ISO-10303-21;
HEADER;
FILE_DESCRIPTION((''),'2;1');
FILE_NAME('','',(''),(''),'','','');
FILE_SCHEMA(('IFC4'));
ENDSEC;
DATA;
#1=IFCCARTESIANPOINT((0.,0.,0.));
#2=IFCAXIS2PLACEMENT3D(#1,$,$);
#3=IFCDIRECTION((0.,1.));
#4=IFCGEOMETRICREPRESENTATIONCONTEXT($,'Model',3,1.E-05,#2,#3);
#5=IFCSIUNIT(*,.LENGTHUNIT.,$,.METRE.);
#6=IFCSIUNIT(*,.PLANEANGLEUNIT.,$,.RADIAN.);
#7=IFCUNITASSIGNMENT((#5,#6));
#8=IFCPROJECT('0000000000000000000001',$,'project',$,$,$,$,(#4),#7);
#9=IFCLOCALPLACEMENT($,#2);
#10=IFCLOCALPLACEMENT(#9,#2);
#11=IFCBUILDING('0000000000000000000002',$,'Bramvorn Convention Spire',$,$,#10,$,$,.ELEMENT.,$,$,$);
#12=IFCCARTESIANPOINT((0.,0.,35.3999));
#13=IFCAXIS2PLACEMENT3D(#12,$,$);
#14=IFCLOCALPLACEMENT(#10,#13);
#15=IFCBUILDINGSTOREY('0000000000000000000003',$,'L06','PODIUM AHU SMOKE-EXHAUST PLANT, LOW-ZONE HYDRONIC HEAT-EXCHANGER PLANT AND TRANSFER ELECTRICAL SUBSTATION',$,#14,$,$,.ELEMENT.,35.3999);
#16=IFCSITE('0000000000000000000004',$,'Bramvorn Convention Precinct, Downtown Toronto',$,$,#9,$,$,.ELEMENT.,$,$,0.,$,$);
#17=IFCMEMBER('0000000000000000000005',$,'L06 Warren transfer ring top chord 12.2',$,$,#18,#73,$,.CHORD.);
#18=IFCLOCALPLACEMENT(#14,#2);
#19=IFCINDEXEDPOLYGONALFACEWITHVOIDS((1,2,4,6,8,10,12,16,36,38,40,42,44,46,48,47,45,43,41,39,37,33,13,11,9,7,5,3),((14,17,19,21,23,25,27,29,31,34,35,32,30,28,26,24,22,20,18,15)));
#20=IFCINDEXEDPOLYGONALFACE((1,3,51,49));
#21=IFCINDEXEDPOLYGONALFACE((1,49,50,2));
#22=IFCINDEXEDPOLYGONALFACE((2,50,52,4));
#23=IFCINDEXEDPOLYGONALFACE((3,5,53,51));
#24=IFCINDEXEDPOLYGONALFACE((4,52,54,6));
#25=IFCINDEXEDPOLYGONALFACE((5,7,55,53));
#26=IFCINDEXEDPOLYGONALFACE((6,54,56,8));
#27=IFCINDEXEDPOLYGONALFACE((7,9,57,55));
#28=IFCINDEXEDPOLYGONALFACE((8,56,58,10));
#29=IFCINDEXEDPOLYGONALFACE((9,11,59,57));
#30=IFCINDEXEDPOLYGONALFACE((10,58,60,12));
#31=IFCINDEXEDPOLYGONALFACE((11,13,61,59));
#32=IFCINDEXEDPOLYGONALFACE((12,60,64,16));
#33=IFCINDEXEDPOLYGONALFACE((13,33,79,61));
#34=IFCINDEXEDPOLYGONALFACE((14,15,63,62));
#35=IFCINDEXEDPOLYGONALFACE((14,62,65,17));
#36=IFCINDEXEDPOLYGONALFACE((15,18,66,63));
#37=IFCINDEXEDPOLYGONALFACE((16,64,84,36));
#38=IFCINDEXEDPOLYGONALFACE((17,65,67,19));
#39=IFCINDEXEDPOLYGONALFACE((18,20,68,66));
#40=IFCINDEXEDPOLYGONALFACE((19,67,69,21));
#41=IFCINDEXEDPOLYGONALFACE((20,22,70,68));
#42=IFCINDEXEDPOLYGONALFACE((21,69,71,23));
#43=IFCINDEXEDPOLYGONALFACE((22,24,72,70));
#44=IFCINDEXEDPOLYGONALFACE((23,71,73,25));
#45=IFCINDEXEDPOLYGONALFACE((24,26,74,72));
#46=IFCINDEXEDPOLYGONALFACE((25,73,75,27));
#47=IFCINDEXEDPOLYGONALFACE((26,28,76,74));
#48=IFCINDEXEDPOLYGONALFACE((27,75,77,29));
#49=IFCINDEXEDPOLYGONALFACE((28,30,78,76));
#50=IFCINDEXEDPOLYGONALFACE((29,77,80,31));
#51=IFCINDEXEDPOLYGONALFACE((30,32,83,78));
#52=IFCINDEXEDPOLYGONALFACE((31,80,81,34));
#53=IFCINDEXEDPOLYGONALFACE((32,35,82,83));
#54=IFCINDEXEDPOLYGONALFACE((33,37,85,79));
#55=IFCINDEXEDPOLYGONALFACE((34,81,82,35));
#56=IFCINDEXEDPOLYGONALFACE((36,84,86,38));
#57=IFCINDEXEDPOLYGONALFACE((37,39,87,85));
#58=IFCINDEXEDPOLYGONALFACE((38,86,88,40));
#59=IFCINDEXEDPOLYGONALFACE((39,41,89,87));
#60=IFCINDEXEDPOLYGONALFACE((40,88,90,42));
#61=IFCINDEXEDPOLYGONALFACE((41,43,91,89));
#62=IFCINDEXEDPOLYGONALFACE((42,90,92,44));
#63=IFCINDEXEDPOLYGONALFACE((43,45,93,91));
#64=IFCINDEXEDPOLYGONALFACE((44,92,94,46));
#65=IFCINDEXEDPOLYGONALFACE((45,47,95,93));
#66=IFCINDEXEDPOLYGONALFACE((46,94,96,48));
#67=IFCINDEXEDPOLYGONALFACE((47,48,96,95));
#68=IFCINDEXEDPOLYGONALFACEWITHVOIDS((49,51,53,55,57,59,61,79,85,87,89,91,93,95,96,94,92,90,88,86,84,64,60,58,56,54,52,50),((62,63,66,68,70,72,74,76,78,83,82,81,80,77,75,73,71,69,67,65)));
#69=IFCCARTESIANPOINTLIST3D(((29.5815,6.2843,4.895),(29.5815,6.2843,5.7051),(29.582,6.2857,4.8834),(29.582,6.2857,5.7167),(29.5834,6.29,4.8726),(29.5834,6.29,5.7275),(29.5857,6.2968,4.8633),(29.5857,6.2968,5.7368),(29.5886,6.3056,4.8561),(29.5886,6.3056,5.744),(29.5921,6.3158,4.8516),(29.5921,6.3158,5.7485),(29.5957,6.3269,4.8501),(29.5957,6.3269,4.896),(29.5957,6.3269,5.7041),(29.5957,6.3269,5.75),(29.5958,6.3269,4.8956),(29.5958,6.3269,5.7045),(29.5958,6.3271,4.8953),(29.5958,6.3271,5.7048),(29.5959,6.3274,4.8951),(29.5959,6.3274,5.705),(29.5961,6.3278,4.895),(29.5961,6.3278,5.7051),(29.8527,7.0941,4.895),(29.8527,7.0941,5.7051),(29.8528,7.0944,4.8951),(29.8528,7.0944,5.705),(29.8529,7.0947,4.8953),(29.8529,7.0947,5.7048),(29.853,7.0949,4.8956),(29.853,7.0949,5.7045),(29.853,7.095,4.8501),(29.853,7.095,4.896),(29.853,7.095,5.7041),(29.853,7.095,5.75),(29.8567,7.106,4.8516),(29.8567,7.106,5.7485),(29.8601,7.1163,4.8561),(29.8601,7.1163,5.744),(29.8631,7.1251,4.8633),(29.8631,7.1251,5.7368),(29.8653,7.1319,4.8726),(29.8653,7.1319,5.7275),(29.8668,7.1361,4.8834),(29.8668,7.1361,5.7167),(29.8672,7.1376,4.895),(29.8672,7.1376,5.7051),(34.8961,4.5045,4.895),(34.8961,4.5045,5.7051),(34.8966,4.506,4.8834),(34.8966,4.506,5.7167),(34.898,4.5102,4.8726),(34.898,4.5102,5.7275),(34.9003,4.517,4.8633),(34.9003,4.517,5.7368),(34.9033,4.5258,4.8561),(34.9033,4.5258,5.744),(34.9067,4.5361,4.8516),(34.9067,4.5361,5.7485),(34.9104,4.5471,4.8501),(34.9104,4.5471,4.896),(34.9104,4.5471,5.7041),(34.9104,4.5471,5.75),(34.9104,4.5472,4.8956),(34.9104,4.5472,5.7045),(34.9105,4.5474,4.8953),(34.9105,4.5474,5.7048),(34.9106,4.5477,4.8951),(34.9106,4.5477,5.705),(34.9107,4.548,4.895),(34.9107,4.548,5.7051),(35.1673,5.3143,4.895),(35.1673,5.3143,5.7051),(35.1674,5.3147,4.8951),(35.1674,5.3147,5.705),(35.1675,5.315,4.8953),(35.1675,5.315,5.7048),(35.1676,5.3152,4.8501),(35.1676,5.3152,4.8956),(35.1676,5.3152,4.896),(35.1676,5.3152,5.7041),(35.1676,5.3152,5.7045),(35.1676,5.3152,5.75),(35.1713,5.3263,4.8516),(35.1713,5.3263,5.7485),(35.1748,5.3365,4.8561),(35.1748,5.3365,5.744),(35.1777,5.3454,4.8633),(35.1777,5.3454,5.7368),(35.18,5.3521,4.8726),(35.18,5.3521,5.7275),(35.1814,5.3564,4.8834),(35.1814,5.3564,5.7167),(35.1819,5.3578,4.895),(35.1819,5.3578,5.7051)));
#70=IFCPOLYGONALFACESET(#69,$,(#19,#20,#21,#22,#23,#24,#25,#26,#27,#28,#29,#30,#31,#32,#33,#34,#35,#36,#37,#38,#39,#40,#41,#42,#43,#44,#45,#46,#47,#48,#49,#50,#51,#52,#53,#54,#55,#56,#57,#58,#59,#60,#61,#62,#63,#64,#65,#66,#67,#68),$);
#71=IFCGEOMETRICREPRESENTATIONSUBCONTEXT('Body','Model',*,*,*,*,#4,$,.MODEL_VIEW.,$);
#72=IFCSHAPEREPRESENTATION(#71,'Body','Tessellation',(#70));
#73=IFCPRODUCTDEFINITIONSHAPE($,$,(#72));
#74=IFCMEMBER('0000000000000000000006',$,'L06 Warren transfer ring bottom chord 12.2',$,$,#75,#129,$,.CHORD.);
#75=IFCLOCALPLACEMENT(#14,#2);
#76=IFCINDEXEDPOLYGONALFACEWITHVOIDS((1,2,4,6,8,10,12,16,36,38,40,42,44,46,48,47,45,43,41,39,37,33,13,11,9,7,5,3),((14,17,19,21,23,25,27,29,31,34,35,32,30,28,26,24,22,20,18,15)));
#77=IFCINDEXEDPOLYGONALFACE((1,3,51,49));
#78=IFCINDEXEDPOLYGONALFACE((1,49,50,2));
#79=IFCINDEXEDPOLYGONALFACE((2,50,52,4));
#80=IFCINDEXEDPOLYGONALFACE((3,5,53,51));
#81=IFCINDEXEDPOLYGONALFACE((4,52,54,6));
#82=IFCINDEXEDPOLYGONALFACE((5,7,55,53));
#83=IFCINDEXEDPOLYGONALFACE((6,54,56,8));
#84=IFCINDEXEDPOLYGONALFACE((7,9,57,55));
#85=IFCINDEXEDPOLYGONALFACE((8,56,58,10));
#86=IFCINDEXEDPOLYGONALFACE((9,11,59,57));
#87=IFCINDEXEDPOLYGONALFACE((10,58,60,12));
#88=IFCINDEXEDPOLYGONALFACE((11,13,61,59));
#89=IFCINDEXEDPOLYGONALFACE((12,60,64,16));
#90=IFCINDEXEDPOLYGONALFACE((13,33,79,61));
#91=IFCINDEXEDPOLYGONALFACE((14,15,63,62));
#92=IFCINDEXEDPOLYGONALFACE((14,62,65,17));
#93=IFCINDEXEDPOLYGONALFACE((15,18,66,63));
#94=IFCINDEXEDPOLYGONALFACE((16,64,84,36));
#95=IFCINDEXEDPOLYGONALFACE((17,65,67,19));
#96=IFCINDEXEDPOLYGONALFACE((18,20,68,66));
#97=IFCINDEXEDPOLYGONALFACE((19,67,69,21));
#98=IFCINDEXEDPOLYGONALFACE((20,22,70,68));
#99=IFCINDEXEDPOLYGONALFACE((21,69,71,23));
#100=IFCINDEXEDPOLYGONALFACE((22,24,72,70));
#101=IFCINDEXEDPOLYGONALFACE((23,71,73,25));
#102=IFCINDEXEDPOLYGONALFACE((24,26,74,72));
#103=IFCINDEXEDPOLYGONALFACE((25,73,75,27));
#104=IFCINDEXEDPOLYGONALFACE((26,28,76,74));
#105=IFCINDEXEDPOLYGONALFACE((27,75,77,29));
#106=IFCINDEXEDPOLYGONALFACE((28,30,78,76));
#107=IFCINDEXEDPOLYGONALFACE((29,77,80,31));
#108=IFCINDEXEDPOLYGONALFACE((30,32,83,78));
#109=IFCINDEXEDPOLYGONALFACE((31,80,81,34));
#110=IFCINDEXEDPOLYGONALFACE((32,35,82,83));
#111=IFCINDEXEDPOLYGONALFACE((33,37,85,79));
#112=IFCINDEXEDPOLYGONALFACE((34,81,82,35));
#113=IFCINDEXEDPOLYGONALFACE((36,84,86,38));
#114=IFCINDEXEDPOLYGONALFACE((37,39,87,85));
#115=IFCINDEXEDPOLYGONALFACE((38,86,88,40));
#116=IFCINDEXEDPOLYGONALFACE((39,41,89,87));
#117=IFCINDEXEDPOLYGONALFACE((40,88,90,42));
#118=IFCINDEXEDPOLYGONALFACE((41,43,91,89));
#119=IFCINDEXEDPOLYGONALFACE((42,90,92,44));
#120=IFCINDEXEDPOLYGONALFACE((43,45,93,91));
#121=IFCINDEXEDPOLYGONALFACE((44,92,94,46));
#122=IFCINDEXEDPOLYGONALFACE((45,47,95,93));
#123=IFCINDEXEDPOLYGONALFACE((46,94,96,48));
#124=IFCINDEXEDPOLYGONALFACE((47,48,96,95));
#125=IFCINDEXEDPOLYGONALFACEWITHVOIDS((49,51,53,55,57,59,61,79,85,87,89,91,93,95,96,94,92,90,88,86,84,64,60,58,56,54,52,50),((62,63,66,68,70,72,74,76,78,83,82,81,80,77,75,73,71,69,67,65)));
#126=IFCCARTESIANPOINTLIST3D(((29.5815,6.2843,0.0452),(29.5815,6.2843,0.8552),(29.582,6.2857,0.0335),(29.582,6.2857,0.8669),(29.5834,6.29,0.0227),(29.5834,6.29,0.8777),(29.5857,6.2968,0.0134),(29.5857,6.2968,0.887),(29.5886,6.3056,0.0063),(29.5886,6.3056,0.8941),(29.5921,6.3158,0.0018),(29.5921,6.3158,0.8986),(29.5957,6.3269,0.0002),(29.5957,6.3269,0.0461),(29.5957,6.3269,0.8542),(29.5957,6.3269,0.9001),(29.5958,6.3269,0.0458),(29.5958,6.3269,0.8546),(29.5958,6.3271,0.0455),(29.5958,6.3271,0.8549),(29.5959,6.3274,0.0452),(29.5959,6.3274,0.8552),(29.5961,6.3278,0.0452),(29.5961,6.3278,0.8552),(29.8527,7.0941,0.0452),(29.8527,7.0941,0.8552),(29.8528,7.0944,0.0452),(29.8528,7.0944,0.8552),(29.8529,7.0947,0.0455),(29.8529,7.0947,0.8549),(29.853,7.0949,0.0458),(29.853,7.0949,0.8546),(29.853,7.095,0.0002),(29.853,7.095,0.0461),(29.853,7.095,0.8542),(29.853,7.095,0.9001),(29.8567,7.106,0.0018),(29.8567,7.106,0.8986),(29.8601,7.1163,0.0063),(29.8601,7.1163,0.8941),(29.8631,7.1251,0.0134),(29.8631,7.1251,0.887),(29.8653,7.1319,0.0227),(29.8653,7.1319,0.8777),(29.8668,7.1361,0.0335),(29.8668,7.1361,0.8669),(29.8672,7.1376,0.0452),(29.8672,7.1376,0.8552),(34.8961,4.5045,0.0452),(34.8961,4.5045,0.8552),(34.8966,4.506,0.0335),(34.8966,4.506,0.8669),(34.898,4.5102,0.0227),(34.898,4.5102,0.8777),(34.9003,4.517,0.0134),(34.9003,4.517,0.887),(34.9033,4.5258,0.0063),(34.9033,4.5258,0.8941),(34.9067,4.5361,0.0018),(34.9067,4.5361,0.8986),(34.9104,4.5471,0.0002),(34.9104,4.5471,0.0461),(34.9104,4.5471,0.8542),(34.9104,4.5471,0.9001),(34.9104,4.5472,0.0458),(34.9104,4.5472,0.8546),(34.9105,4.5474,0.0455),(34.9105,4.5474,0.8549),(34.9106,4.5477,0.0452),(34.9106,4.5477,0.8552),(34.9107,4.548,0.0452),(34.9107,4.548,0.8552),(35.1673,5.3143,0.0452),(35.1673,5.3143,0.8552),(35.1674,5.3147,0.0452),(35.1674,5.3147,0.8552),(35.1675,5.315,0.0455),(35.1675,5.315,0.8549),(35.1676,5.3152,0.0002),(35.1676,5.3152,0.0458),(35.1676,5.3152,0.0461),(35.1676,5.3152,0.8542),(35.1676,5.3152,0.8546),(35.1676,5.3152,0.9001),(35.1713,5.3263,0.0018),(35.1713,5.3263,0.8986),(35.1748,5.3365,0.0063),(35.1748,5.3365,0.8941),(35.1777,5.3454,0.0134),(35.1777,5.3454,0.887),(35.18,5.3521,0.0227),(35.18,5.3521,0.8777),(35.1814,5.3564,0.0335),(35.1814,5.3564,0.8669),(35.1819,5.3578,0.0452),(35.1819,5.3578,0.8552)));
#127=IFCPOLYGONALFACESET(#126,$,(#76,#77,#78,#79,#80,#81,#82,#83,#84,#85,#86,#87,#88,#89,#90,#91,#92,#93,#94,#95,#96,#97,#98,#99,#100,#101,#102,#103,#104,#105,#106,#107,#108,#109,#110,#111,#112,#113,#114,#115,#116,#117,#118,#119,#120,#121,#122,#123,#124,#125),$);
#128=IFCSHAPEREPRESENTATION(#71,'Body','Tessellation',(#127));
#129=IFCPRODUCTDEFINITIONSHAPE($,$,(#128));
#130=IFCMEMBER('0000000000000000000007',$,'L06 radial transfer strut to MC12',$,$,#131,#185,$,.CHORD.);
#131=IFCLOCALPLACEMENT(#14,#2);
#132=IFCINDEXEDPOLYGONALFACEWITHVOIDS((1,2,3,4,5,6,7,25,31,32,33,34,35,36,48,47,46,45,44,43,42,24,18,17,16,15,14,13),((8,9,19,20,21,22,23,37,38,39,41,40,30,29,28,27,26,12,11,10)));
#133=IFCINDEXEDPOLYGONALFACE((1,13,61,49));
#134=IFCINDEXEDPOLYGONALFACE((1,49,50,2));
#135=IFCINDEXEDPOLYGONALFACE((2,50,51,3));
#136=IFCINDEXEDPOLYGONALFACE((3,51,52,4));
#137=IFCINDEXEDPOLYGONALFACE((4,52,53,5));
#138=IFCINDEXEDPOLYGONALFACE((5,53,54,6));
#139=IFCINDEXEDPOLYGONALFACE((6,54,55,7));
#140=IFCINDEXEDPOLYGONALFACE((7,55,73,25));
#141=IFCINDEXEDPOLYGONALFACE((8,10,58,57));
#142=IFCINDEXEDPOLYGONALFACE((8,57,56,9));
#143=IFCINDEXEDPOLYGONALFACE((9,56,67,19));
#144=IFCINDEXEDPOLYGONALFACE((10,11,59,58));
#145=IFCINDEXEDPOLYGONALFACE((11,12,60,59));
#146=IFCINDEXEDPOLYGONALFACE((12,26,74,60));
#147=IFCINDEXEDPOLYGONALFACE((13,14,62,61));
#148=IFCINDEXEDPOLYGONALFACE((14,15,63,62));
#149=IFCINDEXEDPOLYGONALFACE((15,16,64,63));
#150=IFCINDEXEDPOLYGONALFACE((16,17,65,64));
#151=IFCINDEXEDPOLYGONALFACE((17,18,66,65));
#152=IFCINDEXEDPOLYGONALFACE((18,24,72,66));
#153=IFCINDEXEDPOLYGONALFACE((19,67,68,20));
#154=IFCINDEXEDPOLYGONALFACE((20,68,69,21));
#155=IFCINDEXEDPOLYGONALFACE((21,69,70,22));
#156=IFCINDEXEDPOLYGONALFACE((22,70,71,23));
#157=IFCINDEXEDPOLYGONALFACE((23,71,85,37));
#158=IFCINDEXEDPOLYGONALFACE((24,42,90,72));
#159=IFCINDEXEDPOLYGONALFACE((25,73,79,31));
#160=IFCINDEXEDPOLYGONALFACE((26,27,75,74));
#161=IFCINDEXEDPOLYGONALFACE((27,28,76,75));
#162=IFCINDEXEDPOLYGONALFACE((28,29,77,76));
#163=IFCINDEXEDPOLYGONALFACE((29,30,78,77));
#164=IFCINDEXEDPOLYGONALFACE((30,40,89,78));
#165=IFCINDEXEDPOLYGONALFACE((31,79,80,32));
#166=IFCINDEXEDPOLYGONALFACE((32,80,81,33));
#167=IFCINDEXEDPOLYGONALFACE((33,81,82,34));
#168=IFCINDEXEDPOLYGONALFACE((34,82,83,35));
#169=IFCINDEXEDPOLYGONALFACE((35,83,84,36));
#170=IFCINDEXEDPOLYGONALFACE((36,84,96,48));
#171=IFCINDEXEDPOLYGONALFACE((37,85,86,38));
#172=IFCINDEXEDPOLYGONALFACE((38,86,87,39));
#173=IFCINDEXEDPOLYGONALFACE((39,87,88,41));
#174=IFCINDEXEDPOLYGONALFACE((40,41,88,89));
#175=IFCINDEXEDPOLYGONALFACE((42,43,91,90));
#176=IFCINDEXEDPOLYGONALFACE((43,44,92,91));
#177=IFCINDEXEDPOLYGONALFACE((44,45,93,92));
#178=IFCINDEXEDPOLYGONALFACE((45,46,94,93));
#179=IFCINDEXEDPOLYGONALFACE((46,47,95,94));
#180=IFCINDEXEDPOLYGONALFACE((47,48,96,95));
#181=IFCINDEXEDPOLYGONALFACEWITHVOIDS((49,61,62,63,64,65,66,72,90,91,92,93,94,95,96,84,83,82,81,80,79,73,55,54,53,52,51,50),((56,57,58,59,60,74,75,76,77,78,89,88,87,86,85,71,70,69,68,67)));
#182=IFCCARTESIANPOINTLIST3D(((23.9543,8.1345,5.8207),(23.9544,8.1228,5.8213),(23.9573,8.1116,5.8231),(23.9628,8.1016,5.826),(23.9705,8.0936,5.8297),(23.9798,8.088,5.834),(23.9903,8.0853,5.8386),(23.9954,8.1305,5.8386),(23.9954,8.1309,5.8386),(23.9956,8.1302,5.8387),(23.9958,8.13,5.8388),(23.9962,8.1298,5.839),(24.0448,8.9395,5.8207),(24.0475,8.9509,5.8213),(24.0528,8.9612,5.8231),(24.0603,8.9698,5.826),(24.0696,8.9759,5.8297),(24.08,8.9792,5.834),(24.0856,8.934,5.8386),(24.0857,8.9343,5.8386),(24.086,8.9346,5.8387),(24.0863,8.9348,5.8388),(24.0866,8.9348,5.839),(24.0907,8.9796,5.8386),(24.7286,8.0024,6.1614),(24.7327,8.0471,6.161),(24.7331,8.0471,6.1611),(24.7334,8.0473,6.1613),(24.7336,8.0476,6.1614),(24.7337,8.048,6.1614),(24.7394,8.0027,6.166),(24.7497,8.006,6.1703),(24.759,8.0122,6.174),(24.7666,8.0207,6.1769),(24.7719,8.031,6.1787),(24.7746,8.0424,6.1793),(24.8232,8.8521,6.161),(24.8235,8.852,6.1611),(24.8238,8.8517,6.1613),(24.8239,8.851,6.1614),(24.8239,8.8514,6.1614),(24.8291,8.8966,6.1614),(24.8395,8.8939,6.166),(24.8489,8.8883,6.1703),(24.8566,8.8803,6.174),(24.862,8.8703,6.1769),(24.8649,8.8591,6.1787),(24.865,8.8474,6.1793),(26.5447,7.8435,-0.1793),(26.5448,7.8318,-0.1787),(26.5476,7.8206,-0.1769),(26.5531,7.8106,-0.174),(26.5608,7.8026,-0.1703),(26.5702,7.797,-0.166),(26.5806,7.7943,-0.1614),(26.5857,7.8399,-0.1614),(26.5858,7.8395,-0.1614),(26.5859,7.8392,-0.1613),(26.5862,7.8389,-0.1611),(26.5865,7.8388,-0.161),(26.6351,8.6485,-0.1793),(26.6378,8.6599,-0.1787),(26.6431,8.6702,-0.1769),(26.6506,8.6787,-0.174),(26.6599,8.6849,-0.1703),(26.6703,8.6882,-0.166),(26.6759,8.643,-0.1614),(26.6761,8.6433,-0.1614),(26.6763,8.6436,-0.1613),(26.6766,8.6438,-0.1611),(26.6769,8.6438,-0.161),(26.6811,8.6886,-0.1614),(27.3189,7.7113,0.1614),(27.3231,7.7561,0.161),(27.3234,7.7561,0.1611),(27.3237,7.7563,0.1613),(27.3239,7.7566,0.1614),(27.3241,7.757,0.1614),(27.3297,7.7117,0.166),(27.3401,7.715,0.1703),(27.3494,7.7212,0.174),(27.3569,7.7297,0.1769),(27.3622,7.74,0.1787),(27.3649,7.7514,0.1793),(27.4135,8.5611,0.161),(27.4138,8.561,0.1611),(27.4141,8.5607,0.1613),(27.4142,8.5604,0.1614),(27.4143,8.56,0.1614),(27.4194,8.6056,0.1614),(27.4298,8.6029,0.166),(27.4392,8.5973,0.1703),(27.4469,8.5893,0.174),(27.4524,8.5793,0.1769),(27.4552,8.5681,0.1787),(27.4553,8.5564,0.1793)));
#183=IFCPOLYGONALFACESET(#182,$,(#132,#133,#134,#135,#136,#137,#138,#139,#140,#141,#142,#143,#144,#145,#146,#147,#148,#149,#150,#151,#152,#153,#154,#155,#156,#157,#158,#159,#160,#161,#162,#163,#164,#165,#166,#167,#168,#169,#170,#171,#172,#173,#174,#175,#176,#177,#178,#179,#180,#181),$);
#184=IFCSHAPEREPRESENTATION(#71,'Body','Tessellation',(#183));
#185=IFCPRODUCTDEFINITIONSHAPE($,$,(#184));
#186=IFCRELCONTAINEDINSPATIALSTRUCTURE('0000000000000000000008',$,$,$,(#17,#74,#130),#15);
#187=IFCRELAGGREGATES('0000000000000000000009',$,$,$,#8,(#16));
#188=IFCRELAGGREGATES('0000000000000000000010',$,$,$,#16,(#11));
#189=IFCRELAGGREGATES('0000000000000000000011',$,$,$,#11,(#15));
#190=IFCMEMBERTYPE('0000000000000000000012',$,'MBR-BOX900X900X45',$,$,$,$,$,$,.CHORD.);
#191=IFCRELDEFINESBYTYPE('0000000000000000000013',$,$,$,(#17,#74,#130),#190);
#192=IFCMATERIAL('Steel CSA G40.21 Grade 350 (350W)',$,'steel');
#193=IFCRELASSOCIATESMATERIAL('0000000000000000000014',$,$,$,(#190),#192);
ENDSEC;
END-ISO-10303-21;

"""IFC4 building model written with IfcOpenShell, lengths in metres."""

from ifc_helpers import new_model, si_unit, direction, frame, origin, origin_2d, place, context, subcontext, project, spatial, hollow_rectangle, extrude, material, material_profile, profile_set, type_object, element, save


model = new_model("IFC4")

# Units and contexts
model_context = context("Model", 3, precision=1e-05, world=origin(), true_north=direction((0.0, 1.0)))
body_context = subcontext(model_context, "Body", "Model", "MODEL_VIEW")
ifc_project = project(units=[si_unit("LENGTHUNIT", "METRE"), si_unit("PLANEANGLEUNIT", "RADIAN")], contexts=[model_context])

# Site, building, storey
site_placement = place(None, origin())
site = spatial("IfcSite", under=ifc_project, at=site_placement, Name="Bramvorn Convention Precinct, Downtown Toronto", CompositionType="ELEMENT", RefElevation=0.0)
building_placement = place(site_placement, origin())
building = spatial("IfcBuilding", under=site, at=building_placement, Name="Bramvorn Convention Spire", CompositionType="ELEMENT")
storey_placement = place(building_placement, frame((0.0, 0.0, 35.3999)))
storey = spatial("IfcBuildingStorey", under=building, at=storey_placement, Name="L06", Description="PODIUM AHU SMOKE-EXHAUST PLANT, LOW-ZONE HYDRONIC HEAT-EXCHANGER PLANT AND TRANSFER ELECTRICAL SUBSTATION", CompositionType="ELEMENT", Elevation=35.3999)

# Shared definitions
ifc_material_1 = material(Name="Steel CSA G40.21 Grade 350 (350W)", Category="steel")

# Members
ifc_material_profile_1 = material_profile(ifc_material_1, hollow_rectangle(XDim=0.8999, YDim=0.8999, WallThickness=0.0449, InnerFilletRadius=0.001, OuterFilletRadius=0.0449, at=origin_2d()))
ifc_profile_set_1 = profile_set([ifc_material_profile_1], Name="Steel CSA G40.21 Grade 350 (350W) - BOX900X900X45")
member_type_1 = type_object("IfcMemberType", Name="MBR-BOX900X900X45", PredefinedType="CHORD", material=ifc_profile_set_1)
for number, where, z_axis, x_axis, name in (
    (1, (29.7244, 6.7109, 5.3), (0.948242, -0.317547, 0.0), (0.317547, 0.948242, 0.0), "L06 Warren transfer ring top chord 12.2"),
    (2, (29.7244, 6.7109, 0.4502), (0.948242, -0.317547, 0.0), (0.317547, 0.948242, 0.0), "L06 Warren transfer ring bottom chord 12.2"),
):
    element("IfcMember", number, at=place(storey_placement, frame(where, z_axis=z_axis, x_axis=x_axis)), inside=storey, type_object=member_type_1, Name=name, PredefinedType="CHORD", context=body_context, shape_type="SweptSolid", body=[
        extrude(hollow_rectangle(XDim=0.8999, YDim=0.8999, WallThickness=0.0449, InnerFilletRadius=0.001, OuterFilletRadius=0.0449, at=origin_2d()), origin(), (0.0, 0.0, 1.0), 5.6047),
    ])
member_1_placement = place(storey_placement, frame((27.0, 8.2, 0.0), z_axis=(-0.395969, 0.044486, 0.917186), x_axis=(-0.111644, -0.993748, 0.0)))
element("IfcMember", 3, at=member_1_placement, inside=storey, type_object=member_type_1, Name="L06 radial transfer strut to MC12", PredefinedType="CHORD", context=body_context, shape_type="SweptSolid", body=[
    extrude(hollow_rectangle(XDim=0.8999, YDim=0.8999, WallThickness=0.0449, InnerFilletRadius=0.001, OuterFilletRadius=0.0449, at=origin_2d()), origin(), (0.0, 0.0, 1.0), 6.5417),
])

save(model, "model.ifc")
